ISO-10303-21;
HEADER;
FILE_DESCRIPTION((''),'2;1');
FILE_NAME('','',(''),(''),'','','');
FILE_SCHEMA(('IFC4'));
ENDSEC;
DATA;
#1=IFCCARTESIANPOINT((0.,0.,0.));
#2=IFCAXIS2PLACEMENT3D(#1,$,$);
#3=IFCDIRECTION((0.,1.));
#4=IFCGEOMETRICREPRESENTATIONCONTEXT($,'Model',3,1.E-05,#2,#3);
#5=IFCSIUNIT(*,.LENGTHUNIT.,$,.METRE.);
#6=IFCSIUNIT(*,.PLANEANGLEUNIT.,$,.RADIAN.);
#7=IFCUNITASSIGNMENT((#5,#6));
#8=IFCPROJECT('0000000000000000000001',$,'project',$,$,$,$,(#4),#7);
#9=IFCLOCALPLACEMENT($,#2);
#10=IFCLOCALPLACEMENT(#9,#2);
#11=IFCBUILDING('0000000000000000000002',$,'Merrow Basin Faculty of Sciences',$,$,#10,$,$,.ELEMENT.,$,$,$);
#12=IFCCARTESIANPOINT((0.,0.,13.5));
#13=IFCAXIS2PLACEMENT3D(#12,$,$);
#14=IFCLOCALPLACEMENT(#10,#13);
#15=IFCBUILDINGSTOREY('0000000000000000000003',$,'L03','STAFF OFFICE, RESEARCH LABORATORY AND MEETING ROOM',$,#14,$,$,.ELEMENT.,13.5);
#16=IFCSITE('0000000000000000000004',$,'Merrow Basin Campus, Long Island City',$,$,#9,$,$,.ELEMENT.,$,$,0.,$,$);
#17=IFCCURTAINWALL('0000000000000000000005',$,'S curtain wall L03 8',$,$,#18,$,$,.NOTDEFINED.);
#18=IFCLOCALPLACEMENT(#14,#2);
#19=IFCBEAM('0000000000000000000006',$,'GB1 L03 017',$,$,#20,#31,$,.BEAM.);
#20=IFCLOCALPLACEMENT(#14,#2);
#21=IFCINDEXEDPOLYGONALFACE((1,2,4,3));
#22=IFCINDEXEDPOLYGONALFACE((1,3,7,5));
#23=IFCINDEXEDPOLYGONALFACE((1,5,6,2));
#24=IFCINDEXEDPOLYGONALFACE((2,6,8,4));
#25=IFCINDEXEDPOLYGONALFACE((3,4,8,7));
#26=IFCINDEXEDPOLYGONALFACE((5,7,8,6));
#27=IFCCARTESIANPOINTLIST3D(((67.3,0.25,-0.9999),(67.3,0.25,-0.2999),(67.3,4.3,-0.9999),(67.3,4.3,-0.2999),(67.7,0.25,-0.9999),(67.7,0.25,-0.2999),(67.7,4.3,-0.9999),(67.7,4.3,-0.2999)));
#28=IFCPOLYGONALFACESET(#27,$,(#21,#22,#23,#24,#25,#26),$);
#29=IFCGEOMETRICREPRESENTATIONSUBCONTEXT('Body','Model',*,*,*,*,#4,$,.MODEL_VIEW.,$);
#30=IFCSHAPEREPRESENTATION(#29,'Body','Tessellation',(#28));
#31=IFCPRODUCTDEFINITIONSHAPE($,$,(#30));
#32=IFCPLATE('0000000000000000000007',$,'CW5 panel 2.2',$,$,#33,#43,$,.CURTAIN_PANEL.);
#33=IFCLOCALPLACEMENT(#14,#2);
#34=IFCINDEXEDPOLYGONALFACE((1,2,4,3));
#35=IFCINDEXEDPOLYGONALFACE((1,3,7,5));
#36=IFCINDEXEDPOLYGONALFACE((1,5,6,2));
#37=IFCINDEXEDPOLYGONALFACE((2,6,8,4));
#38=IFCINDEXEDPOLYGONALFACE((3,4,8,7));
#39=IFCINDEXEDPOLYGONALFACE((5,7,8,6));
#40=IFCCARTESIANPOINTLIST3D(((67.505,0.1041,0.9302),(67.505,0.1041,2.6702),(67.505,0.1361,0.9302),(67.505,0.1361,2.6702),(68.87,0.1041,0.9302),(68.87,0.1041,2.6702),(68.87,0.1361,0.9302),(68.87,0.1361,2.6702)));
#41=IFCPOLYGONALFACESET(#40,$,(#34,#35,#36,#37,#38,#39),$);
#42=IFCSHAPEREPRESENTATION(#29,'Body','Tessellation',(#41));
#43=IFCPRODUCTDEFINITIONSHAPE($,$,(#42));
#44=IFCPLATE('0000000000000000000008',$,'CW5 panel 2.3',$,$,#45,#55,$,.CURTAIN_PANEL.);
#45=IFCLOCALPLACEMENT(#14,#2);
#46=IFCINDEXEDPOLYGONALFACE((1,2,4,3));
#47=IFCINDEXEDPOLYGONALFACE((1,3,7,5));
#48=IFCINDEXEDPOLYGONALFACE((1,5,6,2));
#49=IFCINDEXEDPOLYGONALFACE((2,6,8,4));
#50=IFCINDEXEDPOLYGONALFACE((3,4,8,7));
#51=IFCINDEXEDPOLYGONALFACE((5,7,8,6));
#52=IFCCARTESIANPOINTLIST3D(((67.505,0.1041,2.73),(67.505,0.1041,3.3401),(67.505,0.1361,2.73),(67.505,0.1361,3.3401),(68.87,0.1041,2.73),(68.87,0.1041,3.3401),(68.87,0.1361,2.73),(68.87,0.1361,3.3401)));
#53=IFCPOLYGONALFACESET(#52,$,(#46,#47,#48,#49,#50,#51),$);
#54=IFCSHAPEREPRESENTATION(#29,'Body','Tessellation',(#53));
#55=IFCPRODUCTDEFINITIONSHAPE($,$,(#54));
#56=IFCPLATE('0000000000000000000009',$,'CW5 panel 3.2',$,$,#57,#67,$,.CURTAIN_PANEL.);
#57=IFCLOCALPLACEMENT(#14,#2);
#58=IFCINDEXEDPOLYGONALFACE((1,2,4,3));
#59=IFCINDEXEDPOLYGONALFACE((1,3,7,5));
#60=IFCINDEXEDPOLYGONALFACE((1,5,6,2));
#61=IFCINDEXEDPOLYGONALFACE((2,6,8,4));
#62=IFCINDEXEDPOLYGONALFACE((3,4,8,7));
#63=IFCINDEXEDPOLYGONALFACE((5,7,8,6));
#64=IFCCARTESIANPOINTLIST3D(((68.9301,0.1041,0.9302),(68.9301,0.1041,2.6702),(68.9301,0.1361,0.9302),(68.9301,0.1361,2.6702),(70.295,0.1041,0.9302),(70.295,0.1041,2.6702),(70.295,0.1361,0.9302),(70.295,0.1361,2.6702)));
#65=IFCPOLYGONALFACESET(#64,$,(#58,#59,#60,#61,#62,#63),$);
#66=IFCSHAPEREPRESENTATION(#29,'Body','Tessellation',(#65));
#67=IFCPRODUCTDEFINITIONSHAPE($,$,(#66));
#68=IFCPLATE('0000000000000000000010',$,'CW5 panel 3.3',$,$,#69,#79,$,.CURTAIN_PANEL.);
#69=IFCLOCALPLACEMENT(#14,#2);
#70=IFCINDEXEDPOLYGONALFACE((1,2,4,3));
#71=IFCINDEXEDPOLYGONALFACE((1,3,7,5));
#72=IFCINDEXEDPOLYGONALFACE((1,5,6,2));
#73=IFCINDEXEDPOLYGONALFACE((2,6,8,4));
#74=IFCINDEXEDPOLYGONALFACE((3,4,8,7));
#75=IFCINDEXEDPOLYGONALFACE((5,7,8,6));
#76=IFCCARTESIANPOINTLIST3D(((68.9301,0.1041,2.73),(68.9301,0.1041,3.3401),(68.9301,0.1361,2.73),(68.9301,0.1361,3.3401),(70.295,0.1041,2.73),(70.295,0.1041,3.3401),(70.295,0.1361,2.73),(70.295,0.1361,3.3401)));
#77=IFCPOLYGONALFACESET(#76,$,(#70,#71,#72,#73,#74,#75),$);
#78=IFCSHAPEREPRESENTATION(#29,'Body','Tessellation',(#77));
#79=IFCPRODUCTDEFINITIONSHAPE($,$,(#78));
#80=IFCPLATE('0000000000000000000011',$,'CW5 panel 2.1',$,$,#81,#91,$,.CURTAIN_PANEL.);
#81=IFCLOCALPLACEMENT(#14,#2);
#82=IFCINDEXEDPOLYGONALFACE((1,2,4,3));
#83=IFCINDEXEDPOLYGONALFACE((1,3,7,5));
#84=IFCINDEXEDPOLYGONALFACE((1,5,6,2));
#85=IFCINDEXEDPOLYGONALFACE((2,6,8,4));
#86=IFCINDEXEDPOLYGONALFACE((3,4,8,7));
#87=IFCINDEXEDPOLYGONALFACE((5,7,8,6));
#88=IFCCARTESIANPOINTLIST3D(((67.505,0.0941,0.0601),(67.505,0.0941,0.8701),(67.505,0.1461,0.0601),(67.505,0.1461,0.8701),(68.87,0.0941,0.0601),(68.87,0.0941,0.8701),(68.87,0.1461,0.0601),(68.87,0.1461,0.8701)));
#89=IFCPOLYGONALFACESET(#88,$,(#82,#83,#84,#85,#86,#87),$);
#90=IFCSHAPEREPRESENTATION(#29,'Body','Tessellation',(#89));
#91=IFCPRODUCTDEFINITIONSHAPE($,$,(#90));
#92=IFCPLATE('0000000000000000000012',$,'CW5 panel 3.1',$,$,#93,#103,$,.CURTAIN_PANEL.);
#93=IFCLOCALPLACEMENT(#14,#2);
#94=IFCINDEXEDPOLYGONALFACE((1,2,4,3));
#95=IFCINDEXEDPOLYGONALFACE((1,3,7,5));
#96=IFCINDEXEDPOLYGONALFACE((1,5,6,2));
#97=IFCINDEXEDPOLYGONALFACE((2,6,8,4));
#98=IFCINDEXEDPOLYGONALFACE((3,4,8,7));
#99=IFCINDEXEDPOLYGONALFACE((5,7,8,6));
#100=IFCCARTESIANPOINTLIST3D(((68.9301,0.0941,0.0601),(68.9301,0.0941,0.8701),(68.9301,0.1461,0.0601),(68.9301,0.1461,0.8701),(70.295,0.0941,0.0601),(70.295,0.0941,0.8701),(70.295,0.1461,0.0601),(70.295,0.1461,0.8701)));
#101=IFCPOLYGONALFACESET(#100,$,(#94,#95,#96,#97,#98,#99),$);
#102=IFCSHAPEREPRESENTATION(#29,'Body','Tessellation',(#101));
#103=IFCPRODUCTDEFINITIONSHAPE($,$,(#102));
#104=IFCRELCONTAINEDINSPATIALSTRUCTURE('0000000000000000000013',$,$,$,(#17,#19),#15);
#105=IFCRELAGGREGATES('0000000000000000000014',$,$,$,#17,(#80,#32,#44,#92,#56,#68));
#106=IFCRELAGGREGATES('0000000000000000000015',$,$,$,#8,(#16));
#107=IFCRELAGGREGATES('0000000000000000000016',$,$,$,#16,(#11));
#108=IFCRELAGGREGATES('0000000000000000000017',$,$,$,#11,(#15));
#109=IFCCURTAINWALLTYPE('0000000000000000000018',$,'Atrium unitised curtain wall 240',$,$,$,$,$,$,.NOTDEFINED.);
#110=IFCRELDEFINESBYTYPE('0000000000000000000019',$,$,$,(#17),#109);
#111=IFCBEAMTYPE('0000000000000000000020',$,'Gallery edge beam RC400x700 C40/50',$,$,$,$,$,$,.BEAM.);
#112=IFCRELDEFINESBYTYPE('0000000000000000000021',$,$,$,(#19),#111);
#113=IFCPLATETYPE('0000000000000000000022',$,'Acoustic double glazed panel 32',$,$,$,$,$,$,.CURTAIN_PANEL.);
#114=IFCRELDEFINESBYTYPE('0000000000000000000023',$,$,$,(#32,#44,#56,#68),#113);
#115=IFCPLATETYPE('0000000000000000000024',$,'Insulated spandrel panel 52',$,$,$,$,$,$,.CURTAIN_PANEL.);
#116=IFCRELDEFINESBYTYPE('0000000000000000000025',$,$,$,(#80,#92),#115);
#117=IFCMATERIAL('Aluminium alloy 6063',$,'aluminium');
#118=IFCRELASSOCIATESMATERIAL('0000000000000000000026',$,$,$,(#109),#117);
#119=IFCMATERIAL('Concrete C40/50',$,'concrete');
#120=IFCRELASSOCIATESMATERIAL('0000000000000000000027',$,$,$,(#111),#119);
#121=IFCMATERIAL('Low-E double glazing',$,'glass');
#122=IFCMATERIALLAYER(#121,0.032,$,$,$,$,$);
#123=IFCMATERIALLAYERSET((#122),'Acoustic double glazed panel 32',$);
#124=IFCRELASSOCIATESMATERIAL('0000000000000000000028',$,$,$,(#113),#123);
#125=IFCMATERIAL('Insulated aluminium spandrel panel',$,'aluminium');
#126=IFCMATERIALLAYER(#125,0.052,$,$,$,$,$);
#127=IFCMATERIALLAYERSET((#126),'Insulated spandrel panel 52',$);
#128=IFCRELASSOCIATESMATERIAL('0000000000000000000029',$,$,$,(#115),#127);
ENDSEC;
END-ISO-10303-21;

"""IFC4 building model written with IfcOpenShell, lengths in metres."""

from ifc_helpers import new_model, si_unit, direction, frame, origin, origin_2d, place, context, subcontext, project, spatial, rectangle, extrude, material, layer, layer_set, material_profile, profile_set, type_object, element, aggregate, save


model = new_model("IFC4")

# Units and contexts
model_context = context("Model", 3, precision=1e-05, world=origin(), true_north=direction((0.0, 1.0)))
body_context = subcontext(model_context, "Body", "Model", "MODEL_VIEW")
ifc_project = project(units=[si_unit("LENGTHUNIT", "METRE"), si_unit("PLANEANGLEUNIT", "RADIAN")], contexts=[model_context])

# Site, building, storey
site_placement = place(None, origin())
site = spatial("IfcSite", under=ifc_project, at=site_placement, Name="Merrow Basin Campus, Long Island City", CompositionType="ELEMENT", RefElevation=0.0)
building_placement = place(site_placement, origin())
building = spatial("IfcBuilding", under=site, at=building_placement, Name="Merrow Basin Faculty of Sciences", CompositionType="ELEMENT")
storey_placement = place(building_placement, frame((0.0, 0.0, 13.5)))
storey = spatial("IfcBuildingStorey", under=building, at=storey_placement, Name="L03", Description="STAFF OFFICE, RESEARCH LABORATORY AND MEETING ROOM", CompositionType="ELEMENT", Elevation=13.5)

# Curtain wall
ifc_material_1 = material(Name="Aluminium alloy 6063", Category="aluminium")
curtain_wall_type = type_object("IfcCurtainWallType", Name="Atrium unitised curtain wall 240", PredefinedType="NOTDEFINED", material=ifc_material_1)
curtain_wall_placement = place(storey_placement, origin())
curtain_wall = element("IfcCurtainWall", 1, at=curtain_wall_placement, inside=storey, type_object=curtain_wall_type, Name="S curtain wall L03 8", PredefinedType="NOTDEFINED")

# Beam
ifc_material_2 = material(Name="Concrete C40/50", Category="concrete")
ifc_material_profile_1 = material_profile(ifc_material_2, rectangle(XDim=0.3999, YDim=0.7, at=origin_2d()))
ifc_profile_set_1 = profile_set([ifc_material_profile_1], Name="Concrete C40/50")
beam_type = type_object("IfcBeamType", Name="Gallery edge beam RC400x700 C40/50", PredefinedType="BEAM", material=ifc_profile_set_1)
beam_placement = place(storey_placement, frame((67.5, 0.25, -0.6499), z_axis=(0.0, 1.0, 0.0), x_axis=(-1.0, 0.0, 0.0)))
element("IfcBeam", 2, at=beam_placement, inside=storey, type_object=beam_type, Name="GB1 L03 017", PredefinedType="BEAM", context=body_context, shape_type="SweptSolid", body=[
    extrude(rectangle(XDim=0.3999, YDim=0.7, at=origin_2d()), origin(), (0.0, 0.0, 1.0), 4.05),
])

# Plates
ifc_material_3 = material(Name="Low-E double glazing", Category="glass")
ifc_layer_1 = layer(ifc_material_3, 0.032)
ifc_layer_set_1 = layer_set([ifc_layer_1], Name="Acoustic double glazed panel 32")
plate_type_1 = type_object("IfcPlateType", Name="Acoustic double glazed panel 32", PredefinedType="CURTAIN_PANEL", material=ifc_layer_set_1)
plate_1_placement = place(storey_placement, frame((68.1875, 0.1201, 0.9302), z_axis=(0.0, 0.0, 1.0), x_axis=(1.0, 0.0, 0.0)))
plate_1 = element("IfcPlate", 3, at=plate_1_placement, type_object=plate_type_1, Name="CW5 panel 2.2", PredefinedType="CURTAIN_PANEL", context=body_context, shape_type="SweptSolid", body=[
    extrude(rectangle(XDim=1.365, YDim=0.032, at=origin_2d()), origin(), (0.0, 0.0, 1.0), 1.74),
])
plate_2_placement = place(storey_placement, frame((68.1875, 0.1201, 2.73), z_axis=(0.0, 0.0, 1.0), x_axis=(1.0, 0.0, 0.0)))
plate_2 = element("IfcPlate", 4, at=plate_2_placement, type_object=plate_type_1, Name="CW5 panel 2.3", PredefinedType="CURTAIN_PANEL", context=body_context, shape_type="SweptSolid", body=[
    extrude(rectangle(XDim=1.365, YDim=0.032, at=origin_2d()), origin(), (0.0, 0.0, 1.0), 0.6101),
])
plate_3_placement = place(storey_placement, frame((69.6125, 0.1201, 0.9302), z_axis=(0.0, 0.0, 1.0), x_axis=(1.0, 0.0, 0.0)))
plate_3 = element("IfcPlate", 5, at=plate_3_placement, type_object=plate_type_1, Name="CW5 panel 3.2", PredefinedType="CURTAIN_PANEL", context=body_context, shape_type="SweptSolid", body=[
    extrude(rectangle(XDim=1.365, YDim=0.032, at=origin_2d()), origin(), (0.0, 0.0, 1.0), 1.74),
])
plate_4_placement = place(storey_placement, frame((69.6125, 0.1201, 2.73), z_axis=(0.0, 0.0, 1.0), x_axis=(1.0, 0.0, 0.0)))
plate_4 = element("IfcPlate", 6, at=plate_4_placement, type_object=plate_type_1, Name="CW5 panel 3.3", PredefinedType="CURTAIN_PANEL", context=body_context, shape_type="SweptSolid", body=[
    extrude(rectangle(XDim=1.365, YDim=0.032, at=origin_2d()), origin(), (0.0, 0.0, 1.0), 0.6101),
])
ifc_material_4 = material(Name="Insulated aluminium spandrel panel", Category="aluminium")
ifc_layer_2 = layer(ifc_material_4, 0.052)
ifc_layer_set_2 = layer_set([ifc_layer_2], Name="Insulated spandrel panel 52")
plate_type_2 = type_object("IfcPlateType", Name="Insulated spandrel panel 52", PredefinedType="CURTAIN_PANEL", material=ifc_layer_set_2)
plate_5_placement = place(storey_placement, frame((68.1875, 0.1201, 0.0601), z_axis=(0.0, 0.0, 1.0), x_axis=(1.0, 0.0, 0.0)))
plate_5 = element("IfcPlate", 7, at=plate_5_placement, type_object=plate_type_2, Name="CW5 panel 2.1", PredefinedType="CURTAIN_PANEL", context=body_context, shape_type="SweptSolid", body=[
    extrude(rectangle(XDim=1.365, YDim=0.052, at=origin_2d()), origin(), (0.0, 0.0, 1.0), 0.8101),
])
plate_6_placement = place(storey_placement, frame((69.6125, 0.1201, 0.0601), z_axis=(0.0, 0.0, 1.0), x_axis=(1.0, 0.0, 0.0)))
plate_6 = element("IfcPlate", 8, at=plate_6_placement, type_object=plate_type_2, Name="CW5 panel 3.1", PredefinedType="CURTAIN_PANEL", context=body_context, shape_type="SweptSolid", body=[
    extrude(rectangle(XDim=1.365, YDim=0.052, at=origin_2d()), origin(), (0.0, 0.0, 1.0), 0.8101),
])
aggregate(curtain_wall, [plate_5, plate_1, plate_2, plate_6, plate_3, plate_4])

save(model, "model.ifc")
